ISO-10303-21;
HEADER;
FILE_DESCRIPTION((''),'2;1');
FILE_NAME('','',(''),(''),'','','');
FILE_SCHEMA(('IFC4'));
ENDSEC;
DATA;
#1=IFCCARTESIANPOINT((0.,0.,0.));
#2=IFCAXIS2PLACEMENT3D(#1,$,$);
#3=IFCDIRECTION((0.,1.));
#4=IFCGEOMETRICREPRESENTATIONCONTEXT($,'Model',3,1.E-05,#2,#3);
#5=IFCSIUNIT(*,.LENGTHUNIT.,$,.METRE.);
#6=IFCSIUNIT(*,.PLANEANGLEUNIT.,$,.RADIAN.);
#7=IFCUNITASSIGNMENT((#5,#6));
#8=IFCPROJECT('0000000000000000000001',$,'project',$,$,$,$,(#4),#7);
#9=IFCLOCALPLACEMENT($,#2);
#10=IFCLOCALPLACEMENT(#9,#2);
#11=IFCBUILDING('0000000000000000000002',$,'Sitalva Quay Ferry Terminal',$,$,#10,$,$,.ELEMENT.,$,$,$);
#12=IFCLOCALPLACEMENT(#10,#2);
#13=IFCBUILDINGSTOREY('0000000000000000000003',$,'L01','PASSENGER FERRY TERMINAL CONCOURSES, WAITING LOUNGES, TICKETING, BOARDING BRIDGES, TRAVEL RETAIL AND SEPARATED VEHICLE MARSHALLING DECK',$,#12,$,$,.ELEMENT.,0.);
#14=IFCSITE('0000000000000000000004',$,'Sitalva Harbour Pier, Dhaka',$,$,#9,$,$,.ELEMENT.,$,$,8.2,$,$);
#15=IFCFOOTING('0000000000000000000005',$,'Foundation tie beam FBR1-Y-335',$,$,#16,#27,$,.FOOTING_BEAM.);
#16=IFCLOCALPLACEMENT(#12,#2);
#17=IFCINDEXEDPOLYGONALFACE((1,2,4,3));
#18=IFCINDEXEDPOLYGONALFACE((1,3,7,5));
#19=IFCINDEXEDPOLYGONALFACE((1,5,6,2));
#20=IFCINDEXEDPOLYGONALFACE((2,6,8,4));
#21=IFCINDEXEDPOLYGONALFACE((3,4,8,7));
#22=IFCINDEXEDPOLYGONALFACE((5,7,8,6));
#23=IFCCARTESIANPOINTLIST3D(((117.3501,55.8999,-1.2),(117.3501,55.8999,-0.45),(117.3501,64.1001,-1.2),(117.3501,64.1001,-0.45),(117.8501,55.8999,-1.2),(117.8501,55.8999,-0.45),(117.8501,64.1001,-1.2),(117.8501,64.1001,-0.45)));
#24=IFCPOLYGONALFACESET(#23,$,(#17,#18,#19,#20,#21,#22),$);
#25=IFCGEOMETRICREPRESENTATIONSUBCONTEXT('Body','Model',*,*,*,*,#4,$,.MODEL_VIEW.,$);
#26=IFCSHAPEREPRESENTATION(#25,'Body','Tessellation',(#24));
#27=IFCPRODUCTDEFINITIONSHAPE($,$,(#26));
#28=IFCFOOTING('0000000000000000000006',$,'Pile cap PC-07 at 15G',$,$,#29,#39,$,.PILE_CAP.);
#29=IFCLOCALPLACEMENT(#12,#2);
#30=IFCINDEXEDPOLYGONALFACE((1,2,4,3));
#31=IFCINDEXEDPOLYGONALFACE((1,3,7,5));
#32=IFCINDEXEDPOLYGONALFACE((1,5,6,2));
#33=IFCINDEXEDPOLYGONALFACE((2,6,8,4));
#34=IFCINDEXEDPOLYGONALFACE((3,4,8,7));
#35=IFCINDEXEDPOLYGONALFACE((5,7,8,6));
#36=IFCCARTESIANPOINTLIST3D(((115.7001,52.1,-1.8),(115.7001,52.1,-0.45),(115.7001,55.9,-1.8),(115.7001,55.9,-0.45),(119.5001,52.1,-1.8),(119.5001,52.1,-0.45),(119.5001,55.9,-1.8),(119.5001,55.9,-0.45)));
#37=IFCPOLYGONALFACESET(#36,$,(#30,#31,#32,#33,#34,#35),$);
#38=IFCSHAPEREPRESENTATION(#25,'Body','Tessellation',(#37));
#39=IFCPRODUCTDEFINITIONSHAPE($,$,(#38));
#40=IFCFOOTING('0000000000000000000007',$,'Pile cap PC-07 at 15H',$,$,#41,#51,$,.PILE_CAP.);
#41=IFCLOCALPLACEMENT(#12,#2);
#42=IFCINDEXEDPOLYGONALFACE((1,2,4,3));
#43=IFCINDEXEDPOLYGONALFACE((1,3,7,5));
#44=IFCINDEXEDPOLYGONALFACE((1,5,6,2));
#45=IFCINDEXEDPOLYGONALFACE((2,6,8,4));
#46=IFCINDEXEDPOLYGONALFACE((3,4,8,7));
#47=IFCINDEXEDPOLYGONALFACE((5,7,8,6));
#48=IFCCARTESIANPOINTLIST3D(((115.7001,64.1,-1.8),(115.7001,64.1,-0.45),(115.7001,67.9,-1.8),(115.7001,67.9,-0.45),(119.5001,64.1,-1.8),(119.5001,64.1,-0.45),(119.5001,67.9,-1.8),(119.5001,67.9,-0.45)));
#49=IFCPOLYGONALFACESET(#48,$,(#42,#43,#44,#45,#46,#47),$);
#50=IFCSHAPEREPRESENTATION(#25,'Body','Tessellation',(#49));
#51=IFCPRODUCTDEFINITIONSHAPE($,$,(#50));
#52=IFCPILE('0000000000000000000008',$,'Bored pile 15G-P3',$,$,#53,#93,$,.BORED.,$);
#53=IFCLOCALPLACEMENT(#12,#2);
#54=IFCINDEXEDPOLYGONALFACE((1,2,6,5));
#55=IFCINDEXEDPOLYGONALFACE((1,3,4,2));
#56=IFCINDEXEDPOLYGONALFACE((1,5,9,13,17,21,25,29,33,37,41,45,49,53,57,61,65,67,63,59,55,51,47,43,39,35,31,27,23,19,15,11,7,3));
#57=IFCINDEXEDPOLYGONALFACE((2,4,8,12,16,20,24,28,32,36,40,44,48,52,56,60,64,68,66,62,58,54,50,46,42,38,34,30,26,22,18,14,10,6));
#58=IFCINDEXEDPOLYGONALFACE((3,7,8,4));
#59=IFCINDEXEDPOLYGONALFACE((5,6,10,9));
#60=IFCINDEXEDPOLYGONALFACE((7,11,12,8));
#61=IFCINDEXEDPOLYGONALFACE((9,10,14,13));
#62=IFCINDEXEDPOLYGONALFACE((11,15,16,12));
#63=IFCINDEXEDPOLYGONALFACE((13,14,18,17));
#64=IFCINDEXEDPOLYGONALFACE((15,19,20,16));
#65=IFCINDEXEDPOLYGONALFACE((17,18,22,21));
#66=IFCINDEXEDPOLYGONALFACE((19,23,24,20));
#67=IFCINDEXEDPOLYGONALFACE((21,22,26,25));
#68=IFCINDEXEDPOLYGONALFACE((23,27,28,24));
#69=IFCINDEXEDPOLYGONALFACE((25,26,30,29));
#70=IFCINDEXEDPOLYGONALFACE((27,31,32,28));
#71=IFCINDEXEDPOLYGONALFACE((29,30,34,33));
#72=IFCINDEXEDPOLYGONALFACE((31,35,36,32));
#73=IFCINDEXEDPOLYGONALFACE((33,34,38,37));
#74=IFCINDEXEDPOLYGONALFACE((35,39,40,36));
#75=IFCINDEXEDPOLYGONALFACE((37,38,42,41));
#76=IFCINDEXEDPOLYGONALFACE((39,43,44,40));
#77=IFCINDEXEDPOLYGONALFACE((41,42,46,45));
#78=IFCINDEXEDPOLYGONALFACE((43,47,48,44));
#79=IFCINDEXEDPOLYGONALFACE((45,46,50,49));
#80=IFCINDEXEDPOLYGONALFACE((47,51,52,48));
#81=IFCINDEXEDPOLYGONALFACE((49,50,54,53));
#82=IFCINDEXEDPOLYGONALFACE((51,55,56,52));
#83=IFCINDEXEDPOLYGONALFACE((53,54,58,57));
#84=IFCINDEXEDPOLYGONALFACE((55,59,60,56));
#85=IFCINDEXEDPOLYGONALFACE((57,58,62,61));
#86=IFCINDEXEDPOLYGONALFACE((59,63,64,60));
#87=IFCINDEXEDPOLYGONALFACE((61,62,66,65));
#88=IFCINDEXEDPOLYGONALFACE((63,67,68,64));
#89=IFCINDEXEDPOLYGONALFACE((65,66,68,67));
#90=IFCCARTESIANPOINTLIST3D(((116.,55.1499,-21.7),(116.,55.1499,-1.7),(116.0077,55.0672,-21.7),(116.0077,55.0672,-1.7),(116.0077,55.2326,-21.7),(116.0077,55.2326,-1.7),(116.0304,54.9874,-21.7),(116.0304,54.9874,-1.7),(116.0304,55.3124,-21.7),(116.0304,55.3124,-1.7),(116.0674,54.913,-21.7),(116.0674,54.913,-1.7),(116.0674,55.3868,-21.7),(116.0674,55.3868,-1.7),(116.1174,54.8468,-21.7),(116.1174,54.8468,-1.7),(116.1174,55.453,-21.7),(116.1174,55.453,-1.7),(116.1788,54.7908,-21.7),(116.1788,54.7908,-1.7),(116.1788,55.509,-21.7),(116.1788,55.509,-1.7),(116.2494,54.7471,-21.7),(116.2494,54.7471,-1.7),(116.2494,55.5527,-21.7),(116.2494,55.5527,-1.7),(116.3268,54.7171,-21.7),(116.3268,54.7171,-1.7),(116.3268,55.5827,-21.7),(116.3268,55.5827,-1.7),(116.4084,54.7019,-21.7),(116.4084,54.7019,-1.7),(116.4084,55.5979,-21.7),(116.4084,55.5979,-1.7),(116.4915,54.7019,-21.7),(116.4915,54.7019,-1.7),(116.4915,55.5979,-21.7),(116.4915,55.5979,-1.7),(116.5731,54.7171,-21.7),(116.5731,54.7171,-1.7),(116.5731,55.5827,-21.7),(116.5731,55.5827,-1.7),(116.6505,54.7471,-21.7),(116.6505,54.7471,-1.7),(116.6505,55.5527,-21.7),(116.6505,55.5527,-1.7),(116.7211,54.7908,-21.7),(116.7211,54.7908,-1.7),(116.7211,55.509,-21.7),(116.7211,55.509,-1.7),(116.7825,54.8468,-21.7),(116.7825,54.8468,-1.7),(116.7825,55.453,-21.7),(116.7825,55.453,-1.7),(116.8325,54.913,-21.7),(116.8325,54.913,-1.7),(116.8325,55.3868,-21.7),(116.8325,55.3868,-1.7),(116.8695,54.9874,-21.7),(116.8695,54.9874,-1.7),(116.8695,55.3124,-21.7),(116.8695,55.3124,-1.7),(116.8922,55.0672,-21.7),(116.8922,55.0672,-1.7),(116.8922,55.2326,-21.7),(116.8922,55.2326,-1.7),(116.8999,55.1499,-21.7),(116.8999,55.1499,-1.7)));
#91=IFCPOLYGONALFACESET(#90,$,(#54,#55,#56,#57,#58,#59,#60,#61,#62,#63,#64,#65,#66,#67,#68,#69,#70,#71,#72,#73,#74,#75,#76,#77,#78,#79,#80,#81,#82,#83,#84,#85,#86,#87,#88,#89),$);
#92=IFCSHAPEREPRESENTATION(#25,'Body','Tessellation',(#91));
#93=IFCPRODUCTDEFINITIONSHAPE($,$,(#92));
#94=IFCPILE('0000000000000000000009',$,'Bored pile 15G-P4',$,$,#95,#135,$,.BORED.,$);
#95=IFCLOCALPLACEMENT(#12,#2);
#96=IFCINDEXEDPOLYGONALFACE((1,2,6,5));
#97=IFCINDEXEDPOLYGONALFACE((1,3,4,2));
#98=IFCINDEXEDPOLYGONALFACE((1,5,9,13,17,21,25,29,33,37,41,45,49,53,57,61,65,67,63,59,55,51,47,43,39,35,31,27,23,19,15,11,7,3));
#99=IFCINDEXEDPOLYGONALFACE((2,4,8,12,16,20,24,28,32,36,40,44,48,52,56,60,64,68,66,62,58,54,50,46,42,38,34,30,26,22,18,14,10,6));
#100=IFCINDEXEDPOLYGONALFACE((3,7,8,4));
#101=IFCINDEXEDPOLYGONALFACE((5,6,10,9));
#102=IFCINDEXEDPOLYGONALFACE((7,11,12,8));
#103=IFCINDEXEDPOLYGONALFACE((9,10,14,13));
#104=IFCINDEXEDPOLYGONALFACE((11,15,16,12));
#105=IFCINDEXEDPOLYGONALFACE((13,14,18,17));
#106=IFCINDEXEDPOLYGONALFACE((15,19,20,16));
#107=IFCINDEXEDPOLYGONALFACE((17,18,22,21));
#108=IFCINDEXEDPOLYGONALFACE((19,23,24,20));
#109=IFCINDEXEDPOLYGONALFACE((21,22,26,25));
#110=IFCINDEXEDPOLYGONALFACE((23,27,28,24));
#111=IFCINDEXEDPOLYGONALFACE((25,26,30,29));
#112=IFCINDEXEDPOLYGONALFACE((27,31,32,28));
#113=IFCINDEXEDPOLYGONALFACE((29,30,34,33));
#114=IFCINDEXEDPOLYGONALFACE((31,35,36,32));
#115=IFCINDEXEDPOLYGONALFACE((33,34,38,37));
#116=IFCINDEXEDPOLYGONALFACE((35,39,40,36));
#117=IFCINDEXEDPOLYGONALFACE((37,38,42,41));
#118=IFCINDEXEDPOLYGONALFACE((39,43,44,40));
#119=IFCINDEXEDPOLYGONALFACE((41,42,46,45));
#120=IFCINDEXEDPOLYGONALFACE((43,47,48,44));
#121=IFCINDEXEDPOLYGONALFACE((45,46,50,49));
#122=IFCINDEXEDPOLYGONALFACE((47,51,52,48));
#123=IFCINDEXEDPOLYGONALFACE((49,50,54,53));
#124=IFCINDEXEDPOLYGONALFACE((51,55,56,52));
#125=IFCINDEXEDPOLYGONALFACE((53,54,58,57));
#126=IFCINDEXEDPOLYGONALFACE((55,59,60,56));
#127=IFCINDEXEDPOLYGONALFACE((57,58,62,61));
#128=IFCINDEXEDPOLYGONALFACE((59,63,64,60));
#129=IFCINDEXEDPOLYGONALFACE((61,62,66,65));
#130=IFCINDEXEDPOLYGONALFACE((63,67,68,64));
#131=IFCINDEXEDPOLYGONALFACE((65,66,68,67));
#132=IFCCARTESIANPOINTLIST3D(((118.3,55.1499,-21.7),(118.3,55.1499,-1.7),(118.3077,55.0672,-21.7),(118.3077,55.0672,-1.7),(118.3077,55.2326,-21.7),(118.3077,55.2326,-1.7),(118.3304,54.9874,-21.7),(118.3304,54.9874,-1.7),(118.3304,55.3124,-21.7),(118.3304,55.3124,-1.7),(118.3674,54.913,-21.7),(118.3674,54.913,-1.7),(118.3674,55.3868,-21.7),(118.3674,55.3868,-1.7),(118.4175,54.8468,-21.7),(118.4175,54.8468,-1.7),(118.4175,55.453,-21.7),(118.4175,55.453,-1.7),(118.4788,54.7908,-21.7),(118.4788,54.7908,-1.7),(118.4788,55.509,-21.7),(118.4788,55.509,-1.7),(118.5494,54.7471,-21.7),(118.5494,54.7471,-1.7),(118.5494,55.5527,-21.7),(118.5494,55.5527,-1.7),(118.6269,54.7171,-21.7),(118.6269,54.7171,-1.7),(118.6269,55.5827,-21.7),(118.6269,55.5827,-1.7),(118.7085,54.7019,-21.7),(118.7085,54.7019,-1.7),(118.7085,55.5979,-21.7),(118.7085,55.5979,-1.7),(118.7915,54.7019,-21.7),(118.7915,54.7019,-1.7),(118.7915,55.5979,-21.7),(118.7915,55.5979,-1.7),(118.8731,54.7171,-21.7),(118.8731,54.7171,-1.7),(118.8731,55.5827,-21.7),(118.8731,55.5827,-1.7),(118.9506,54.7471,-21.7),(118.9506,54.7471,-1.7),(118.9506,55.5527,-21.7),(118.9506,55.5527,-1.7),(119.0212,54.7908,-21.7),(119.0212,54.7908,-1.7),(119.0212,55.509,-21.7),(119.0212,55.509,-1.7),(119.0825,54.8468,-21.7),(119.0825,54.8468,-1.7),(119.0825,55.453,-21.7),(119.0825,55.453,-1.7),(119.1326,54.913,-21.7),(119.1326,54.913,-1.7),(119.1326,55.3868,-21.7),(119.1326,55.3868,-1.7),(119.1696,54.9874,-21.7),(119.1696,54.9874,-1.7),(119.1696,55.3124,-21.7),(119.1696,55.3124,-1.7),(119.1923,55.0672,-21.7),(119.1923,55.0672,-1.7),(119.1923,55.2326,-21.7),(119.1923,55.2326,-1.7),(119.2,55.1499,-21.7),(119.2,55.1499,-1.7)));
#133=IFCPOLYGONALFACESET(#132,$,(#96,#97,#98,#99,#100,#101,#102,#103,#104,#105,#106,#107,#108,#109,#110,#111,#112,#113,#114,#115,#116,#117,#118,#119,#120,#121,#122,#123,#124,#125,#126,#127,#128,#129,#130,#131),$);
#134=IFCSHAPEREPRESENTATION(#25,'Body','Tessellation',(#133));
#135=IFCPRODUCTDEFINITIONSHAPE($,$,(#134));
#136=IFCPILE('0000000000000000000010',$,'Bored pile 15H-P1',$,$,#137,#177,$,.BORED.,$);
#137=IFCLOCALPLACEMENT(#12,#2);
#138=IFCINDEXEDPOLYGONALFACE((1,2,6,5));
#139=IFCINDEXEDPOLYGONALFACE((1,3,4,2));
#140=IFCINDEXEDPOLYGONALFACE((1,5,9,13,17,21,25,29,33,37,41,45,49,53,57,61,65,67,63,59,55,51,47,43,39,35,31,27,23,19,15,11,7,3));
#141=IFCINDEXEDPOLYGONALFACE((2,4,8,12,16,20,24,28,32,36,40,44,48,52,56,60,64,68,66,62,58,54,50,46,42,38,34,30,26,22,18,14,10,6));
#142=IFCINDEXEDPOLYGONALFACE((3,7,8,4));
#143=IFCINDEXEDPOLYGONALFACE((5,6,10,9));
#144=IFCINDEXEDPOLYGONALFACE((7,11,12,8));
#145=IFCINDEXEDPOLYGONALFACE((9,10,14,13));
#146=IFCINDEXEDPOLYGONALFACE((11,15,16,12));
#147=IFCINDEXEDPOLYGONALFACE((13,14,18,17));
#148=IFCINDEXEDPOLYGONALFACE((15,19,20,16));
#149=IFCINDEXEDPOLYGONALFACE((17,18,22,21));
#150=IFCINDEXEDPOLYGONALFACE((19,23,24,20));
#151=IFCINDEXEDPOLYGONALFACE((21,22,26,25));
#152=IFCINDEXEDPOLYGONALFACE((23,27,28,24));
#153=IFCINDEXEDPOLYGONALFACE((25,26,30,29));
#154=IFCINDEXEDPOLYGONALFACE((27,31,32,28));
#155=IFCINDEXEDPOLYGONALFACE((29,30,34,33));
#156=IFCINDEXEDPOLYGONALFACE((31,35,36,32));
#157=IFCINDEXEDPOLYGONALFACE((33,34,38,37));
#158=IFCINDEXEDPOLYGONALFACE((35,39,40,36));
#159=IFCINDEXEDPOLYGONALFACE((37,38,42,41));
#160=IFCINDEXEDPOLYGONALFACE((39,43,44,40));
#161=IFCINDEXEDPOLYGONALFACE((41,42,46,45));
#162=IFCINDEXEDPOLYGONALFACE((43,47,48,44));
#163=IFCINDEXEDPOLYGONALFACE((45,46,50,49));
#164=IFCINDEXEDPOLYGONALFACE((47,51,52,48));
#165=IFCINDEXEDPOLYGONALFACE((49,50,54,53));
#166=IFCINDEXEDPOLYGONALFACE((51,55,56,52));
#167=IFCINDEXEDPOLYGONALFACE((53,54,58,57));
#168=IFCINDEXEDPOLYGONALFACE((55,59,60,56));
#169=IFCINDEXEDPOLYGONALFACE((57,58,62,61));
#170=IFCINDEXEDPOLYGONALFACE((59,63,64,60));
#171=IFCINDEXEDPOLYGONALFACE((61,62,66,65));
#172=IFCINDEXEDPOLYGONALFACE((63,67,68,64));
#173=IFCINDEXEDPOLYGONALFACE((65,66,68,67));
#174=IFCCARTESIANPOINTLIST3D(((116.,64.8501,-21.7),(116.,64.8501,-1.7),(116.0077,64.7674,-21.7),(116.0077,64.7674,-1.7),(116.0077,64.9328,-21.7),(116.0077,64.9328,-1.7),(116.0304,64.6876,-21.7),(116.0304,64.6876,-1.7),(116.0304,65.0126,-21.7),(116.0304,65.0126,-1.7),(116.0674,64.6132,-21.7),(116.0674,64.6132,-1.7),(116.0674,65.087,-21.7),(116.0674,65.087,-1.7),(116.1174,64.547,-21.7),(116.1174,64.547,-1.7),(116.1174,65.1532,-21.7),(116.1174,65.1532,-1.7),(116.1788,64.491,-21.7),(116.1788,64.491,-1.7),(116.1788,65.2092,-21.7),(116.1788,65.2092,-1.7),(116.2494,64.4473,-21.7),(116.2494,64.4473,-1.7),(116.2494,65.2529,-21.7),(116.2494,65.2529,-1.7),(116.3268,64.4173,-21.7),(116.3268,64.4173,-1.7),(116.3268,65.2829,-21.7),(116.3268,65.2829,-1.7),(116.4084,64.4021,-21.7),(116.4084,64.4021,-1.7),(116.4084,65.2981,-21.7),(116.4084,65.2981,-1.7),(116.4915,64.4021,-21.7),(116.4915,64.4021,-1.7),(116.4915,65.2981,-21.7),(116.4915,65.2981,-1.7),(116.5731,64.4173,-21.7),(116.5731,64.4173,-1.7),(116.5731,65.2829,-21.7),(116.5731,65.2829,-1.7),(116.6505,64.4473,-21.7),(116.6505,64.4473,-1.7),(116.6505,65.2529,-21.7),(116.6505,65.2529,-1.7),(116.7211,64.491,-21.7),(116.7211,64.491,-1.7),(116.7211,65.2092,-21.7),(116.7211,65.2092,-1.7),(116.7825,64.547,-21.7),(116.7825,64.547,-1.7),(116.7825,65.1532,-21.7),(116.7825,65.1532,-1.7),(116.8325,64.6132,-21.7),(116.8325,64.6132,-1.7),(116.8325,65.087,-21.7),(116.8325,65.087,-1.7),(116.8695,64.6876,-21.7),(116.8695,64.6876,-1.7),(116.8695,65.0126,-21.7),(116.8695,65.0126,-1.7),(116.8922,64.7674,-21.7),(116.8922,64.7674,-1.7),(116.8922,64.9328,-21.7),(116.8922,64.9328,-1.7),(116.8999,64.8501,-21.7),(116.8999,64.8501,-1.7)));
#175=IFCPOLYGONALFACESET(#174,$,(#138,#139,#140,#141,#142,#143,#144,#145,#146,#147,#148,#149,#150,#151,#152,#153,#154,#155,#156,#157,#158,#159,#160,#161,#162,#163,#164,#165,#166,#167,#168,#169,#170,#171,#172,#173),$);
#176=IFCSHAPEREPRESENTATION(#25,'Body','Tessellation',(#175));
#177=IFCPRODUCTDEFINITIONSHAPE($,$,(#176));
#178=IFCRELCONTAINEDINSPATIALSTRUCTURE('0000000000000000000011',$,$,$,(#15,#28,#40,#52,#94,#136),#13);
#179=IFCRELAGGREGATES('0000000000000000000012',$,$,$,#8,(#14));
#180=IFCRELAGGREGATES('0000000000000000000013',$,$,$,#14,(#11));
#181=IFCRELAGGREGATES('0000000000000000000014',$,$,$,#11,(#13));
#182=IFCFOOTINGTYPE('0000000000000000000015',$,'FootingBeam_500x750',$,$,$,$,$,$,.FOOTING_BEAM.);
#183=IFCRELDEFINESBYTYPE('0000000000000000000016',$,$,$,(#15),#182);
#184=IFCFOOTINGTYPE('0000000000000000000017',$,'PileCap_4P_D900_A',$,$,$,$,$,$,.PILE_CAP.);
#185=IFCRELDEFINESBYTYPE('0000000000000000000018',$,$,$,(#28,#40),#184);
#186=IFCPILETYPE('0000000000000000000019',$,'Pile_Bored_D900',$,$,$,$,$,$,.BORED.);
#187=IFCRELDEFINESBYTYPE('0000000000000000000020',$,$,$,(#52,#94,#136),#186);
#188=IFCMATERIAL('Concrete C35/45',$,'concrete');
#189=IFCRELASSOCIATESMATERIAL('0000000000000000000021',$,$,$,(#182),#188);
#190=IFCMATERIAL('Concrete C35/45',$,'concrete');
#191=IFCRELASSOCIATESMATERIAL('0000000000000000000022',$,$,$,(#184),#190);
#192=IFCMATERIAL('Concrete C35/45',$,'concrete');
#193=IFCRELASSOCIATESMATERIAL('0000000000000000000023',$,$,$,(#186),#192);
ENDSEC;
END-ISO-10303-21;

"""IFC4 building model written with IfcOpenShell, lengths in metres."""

from ifc_helpers import new_model, si_unit, direction, frame, origin, origin_2d, place, context, subcontext, project, spatial, rectangle, circle, extrude, material, material_profile, profile_set, type_object, element, save


model = new_model("IFC4")

# Units and contexts
model_context = context("Model", 3, precision=1e-05, world=origin(), true_north=direction((0.0, 1.0)))
body_context = subcontext(model_context, "Body", "Model", "MODEL_VIEW")
ifc_project = project(units=[si_unit("LENGTHUNIT", "METRE"), si_unit("PLANEANGLEUNIT", "RADIAN")], contexts=[model_context])

# Site, building, storey
site_placement = place(None, origin())
site = spatial("IfcSite", under=ifc_project, at=site_placement, Name="Sitalva Harbour Pier, Dhaka", CompositionType="ELEMENT", RefElevation=8.2)
building_placement = place(site_placement, origin())
building = spatial("IfcBuilding", under=site, at=building_placement, Name="Sitalva Quay Ferry Terminal", CompositionType="ELEMENT")
storey_placement = place(building_placement, origin())
storey = spatial("IfcBuildingStorey", under=building, at=storey_placement, Name="L01", Description="PASSENGER FERRY TERMINAL CONCOURSES, WAITING LOUNGES, TICKETING, BOARDING BRIDGES, TRAVEL RETAIL AND SEPARATED VEHICLE MARSHALLING DECK", CompositionType="ELEMENT", Elevation=0.0)

# Footings
ifc_material_1 = material(Name="Concrete C35/45", Category="concrete")
ifc_material_profile_1 = material_profile(ifc_material_1, rectangle(XDim=0.5, YDim=0.75, at=origin_2d()), Name="RC500x750")
ifc_profile_set_1 = profile_set([ifc_material_profile_1], Name="Concrete C35/45")
footing_type_1 = type_object("IfcFootingType", Name="FootingBeam_500x750", PredefinedType="FOOTING_BEAM", material=ifc_profile_set_1)
footing_placement = place(storey_placement, frame((117.6001, 55.8999, -0.825), z_axis=(0.0, 1.0, 0.0), x_axis=(-1.0, 0.0, 0.0)))
element("IfcFooting", 1, at=footing_placement, inside=storey, type_object=footing_type_1, Name="Foundation tie beam FBR1-Y-335", PredefinedType="FOOTING_BEAM", context=body_context, shape_type="SweptSolid", body=[
    extrude(rectangle(XDim=0.5, YDim=0.75, at=origin_2d()), origin(), (0.0, 0.0, 1.0), 8.2002),
])
ifc_material_2 = material(Name="Concrete C35/45", Category="concrete")
footing_type_2 = type_object("IfcFootingType", Name="PileCap_4P_D900_A", PredefinedType="PILE_CAP", material=ifc_material_2)
for number, where, z_axis, x_axis, name in (
    (2, (117.6001, 54.0, -1.8), (0.0, 0.0, 1.0), (1.0, 0.0, 0.0), "Pile cap PC-07 at 15G"),
    (3, (117.6001, 66.0, -1.8), (0.0, 0.0, 1.0), (1.0, 0.0, 0.0), "Pile cap PC-07 at 15H"),
):
    element("IfcFooting", number, at=place(storey_placement, frame(where, z_axis=z_axis, x_axis=x_axis)), inside=storey, type_object=footing_type_2, Name=name, PredefinedType="PILE_CAP", context=body_context, shape_type="SweptSolid", body=[
        extrude(rectangle(XDim=3.8, YDim=3.8, at=origin_2d()), origin(), (0.0, 0.0, 1.0), 1.3501),
    ])

# Piles
ifc_material_3 = material(Name="Concrete C35/45", Category="concrete")
ifc_material_profile_2 = material_profile(ifc_material_3, circle(Radius=0.45, at=origin_2d()), Name="PILE-D900")
ifc_profile_set_2 = profile_set([ifc_material_profile_2], Name="Concrete C35/45")
pile_type = type_object("IfcPileType", Name="Pile_Bored_D900", PredefinedType="BORED", material=ifc_profile_set_2)
for number, where, z_axis, x_axis, name in (
    (4, (116.45, 55.1499, -1.7), (0.0, 0.0, -1.0), (1.0, 0.0, 0.0), "Bored pile 15G-P3"),
    (5, (118.75, 55.1499, -1.7), (0.0, 0.0, -1.0), (1.0, 0.0, 0.0), "Bored pile 15G-P4"),
    (6, (116.45, 64.8501, -1.7), (0.0, 0.0, -1.0), (1.0, 0.0, 0.0), "Bored pile 15H-P1"),
):
    element("IfcPile", number, at=place(storey_placement, frame(where, z_axis=z_axis, x_axis=x_axis)), inside=storey, type_object=pile_type, Name=name, PredefinedType="BORED", context=body_context, shape_type="SweptSolid", body=[
        extrude(circle(Radius=0.45, at=origin_2d()), origin(), (0.0, 0.0, 1.0), 20.0),
    ])

save(model, "model.ifc")
